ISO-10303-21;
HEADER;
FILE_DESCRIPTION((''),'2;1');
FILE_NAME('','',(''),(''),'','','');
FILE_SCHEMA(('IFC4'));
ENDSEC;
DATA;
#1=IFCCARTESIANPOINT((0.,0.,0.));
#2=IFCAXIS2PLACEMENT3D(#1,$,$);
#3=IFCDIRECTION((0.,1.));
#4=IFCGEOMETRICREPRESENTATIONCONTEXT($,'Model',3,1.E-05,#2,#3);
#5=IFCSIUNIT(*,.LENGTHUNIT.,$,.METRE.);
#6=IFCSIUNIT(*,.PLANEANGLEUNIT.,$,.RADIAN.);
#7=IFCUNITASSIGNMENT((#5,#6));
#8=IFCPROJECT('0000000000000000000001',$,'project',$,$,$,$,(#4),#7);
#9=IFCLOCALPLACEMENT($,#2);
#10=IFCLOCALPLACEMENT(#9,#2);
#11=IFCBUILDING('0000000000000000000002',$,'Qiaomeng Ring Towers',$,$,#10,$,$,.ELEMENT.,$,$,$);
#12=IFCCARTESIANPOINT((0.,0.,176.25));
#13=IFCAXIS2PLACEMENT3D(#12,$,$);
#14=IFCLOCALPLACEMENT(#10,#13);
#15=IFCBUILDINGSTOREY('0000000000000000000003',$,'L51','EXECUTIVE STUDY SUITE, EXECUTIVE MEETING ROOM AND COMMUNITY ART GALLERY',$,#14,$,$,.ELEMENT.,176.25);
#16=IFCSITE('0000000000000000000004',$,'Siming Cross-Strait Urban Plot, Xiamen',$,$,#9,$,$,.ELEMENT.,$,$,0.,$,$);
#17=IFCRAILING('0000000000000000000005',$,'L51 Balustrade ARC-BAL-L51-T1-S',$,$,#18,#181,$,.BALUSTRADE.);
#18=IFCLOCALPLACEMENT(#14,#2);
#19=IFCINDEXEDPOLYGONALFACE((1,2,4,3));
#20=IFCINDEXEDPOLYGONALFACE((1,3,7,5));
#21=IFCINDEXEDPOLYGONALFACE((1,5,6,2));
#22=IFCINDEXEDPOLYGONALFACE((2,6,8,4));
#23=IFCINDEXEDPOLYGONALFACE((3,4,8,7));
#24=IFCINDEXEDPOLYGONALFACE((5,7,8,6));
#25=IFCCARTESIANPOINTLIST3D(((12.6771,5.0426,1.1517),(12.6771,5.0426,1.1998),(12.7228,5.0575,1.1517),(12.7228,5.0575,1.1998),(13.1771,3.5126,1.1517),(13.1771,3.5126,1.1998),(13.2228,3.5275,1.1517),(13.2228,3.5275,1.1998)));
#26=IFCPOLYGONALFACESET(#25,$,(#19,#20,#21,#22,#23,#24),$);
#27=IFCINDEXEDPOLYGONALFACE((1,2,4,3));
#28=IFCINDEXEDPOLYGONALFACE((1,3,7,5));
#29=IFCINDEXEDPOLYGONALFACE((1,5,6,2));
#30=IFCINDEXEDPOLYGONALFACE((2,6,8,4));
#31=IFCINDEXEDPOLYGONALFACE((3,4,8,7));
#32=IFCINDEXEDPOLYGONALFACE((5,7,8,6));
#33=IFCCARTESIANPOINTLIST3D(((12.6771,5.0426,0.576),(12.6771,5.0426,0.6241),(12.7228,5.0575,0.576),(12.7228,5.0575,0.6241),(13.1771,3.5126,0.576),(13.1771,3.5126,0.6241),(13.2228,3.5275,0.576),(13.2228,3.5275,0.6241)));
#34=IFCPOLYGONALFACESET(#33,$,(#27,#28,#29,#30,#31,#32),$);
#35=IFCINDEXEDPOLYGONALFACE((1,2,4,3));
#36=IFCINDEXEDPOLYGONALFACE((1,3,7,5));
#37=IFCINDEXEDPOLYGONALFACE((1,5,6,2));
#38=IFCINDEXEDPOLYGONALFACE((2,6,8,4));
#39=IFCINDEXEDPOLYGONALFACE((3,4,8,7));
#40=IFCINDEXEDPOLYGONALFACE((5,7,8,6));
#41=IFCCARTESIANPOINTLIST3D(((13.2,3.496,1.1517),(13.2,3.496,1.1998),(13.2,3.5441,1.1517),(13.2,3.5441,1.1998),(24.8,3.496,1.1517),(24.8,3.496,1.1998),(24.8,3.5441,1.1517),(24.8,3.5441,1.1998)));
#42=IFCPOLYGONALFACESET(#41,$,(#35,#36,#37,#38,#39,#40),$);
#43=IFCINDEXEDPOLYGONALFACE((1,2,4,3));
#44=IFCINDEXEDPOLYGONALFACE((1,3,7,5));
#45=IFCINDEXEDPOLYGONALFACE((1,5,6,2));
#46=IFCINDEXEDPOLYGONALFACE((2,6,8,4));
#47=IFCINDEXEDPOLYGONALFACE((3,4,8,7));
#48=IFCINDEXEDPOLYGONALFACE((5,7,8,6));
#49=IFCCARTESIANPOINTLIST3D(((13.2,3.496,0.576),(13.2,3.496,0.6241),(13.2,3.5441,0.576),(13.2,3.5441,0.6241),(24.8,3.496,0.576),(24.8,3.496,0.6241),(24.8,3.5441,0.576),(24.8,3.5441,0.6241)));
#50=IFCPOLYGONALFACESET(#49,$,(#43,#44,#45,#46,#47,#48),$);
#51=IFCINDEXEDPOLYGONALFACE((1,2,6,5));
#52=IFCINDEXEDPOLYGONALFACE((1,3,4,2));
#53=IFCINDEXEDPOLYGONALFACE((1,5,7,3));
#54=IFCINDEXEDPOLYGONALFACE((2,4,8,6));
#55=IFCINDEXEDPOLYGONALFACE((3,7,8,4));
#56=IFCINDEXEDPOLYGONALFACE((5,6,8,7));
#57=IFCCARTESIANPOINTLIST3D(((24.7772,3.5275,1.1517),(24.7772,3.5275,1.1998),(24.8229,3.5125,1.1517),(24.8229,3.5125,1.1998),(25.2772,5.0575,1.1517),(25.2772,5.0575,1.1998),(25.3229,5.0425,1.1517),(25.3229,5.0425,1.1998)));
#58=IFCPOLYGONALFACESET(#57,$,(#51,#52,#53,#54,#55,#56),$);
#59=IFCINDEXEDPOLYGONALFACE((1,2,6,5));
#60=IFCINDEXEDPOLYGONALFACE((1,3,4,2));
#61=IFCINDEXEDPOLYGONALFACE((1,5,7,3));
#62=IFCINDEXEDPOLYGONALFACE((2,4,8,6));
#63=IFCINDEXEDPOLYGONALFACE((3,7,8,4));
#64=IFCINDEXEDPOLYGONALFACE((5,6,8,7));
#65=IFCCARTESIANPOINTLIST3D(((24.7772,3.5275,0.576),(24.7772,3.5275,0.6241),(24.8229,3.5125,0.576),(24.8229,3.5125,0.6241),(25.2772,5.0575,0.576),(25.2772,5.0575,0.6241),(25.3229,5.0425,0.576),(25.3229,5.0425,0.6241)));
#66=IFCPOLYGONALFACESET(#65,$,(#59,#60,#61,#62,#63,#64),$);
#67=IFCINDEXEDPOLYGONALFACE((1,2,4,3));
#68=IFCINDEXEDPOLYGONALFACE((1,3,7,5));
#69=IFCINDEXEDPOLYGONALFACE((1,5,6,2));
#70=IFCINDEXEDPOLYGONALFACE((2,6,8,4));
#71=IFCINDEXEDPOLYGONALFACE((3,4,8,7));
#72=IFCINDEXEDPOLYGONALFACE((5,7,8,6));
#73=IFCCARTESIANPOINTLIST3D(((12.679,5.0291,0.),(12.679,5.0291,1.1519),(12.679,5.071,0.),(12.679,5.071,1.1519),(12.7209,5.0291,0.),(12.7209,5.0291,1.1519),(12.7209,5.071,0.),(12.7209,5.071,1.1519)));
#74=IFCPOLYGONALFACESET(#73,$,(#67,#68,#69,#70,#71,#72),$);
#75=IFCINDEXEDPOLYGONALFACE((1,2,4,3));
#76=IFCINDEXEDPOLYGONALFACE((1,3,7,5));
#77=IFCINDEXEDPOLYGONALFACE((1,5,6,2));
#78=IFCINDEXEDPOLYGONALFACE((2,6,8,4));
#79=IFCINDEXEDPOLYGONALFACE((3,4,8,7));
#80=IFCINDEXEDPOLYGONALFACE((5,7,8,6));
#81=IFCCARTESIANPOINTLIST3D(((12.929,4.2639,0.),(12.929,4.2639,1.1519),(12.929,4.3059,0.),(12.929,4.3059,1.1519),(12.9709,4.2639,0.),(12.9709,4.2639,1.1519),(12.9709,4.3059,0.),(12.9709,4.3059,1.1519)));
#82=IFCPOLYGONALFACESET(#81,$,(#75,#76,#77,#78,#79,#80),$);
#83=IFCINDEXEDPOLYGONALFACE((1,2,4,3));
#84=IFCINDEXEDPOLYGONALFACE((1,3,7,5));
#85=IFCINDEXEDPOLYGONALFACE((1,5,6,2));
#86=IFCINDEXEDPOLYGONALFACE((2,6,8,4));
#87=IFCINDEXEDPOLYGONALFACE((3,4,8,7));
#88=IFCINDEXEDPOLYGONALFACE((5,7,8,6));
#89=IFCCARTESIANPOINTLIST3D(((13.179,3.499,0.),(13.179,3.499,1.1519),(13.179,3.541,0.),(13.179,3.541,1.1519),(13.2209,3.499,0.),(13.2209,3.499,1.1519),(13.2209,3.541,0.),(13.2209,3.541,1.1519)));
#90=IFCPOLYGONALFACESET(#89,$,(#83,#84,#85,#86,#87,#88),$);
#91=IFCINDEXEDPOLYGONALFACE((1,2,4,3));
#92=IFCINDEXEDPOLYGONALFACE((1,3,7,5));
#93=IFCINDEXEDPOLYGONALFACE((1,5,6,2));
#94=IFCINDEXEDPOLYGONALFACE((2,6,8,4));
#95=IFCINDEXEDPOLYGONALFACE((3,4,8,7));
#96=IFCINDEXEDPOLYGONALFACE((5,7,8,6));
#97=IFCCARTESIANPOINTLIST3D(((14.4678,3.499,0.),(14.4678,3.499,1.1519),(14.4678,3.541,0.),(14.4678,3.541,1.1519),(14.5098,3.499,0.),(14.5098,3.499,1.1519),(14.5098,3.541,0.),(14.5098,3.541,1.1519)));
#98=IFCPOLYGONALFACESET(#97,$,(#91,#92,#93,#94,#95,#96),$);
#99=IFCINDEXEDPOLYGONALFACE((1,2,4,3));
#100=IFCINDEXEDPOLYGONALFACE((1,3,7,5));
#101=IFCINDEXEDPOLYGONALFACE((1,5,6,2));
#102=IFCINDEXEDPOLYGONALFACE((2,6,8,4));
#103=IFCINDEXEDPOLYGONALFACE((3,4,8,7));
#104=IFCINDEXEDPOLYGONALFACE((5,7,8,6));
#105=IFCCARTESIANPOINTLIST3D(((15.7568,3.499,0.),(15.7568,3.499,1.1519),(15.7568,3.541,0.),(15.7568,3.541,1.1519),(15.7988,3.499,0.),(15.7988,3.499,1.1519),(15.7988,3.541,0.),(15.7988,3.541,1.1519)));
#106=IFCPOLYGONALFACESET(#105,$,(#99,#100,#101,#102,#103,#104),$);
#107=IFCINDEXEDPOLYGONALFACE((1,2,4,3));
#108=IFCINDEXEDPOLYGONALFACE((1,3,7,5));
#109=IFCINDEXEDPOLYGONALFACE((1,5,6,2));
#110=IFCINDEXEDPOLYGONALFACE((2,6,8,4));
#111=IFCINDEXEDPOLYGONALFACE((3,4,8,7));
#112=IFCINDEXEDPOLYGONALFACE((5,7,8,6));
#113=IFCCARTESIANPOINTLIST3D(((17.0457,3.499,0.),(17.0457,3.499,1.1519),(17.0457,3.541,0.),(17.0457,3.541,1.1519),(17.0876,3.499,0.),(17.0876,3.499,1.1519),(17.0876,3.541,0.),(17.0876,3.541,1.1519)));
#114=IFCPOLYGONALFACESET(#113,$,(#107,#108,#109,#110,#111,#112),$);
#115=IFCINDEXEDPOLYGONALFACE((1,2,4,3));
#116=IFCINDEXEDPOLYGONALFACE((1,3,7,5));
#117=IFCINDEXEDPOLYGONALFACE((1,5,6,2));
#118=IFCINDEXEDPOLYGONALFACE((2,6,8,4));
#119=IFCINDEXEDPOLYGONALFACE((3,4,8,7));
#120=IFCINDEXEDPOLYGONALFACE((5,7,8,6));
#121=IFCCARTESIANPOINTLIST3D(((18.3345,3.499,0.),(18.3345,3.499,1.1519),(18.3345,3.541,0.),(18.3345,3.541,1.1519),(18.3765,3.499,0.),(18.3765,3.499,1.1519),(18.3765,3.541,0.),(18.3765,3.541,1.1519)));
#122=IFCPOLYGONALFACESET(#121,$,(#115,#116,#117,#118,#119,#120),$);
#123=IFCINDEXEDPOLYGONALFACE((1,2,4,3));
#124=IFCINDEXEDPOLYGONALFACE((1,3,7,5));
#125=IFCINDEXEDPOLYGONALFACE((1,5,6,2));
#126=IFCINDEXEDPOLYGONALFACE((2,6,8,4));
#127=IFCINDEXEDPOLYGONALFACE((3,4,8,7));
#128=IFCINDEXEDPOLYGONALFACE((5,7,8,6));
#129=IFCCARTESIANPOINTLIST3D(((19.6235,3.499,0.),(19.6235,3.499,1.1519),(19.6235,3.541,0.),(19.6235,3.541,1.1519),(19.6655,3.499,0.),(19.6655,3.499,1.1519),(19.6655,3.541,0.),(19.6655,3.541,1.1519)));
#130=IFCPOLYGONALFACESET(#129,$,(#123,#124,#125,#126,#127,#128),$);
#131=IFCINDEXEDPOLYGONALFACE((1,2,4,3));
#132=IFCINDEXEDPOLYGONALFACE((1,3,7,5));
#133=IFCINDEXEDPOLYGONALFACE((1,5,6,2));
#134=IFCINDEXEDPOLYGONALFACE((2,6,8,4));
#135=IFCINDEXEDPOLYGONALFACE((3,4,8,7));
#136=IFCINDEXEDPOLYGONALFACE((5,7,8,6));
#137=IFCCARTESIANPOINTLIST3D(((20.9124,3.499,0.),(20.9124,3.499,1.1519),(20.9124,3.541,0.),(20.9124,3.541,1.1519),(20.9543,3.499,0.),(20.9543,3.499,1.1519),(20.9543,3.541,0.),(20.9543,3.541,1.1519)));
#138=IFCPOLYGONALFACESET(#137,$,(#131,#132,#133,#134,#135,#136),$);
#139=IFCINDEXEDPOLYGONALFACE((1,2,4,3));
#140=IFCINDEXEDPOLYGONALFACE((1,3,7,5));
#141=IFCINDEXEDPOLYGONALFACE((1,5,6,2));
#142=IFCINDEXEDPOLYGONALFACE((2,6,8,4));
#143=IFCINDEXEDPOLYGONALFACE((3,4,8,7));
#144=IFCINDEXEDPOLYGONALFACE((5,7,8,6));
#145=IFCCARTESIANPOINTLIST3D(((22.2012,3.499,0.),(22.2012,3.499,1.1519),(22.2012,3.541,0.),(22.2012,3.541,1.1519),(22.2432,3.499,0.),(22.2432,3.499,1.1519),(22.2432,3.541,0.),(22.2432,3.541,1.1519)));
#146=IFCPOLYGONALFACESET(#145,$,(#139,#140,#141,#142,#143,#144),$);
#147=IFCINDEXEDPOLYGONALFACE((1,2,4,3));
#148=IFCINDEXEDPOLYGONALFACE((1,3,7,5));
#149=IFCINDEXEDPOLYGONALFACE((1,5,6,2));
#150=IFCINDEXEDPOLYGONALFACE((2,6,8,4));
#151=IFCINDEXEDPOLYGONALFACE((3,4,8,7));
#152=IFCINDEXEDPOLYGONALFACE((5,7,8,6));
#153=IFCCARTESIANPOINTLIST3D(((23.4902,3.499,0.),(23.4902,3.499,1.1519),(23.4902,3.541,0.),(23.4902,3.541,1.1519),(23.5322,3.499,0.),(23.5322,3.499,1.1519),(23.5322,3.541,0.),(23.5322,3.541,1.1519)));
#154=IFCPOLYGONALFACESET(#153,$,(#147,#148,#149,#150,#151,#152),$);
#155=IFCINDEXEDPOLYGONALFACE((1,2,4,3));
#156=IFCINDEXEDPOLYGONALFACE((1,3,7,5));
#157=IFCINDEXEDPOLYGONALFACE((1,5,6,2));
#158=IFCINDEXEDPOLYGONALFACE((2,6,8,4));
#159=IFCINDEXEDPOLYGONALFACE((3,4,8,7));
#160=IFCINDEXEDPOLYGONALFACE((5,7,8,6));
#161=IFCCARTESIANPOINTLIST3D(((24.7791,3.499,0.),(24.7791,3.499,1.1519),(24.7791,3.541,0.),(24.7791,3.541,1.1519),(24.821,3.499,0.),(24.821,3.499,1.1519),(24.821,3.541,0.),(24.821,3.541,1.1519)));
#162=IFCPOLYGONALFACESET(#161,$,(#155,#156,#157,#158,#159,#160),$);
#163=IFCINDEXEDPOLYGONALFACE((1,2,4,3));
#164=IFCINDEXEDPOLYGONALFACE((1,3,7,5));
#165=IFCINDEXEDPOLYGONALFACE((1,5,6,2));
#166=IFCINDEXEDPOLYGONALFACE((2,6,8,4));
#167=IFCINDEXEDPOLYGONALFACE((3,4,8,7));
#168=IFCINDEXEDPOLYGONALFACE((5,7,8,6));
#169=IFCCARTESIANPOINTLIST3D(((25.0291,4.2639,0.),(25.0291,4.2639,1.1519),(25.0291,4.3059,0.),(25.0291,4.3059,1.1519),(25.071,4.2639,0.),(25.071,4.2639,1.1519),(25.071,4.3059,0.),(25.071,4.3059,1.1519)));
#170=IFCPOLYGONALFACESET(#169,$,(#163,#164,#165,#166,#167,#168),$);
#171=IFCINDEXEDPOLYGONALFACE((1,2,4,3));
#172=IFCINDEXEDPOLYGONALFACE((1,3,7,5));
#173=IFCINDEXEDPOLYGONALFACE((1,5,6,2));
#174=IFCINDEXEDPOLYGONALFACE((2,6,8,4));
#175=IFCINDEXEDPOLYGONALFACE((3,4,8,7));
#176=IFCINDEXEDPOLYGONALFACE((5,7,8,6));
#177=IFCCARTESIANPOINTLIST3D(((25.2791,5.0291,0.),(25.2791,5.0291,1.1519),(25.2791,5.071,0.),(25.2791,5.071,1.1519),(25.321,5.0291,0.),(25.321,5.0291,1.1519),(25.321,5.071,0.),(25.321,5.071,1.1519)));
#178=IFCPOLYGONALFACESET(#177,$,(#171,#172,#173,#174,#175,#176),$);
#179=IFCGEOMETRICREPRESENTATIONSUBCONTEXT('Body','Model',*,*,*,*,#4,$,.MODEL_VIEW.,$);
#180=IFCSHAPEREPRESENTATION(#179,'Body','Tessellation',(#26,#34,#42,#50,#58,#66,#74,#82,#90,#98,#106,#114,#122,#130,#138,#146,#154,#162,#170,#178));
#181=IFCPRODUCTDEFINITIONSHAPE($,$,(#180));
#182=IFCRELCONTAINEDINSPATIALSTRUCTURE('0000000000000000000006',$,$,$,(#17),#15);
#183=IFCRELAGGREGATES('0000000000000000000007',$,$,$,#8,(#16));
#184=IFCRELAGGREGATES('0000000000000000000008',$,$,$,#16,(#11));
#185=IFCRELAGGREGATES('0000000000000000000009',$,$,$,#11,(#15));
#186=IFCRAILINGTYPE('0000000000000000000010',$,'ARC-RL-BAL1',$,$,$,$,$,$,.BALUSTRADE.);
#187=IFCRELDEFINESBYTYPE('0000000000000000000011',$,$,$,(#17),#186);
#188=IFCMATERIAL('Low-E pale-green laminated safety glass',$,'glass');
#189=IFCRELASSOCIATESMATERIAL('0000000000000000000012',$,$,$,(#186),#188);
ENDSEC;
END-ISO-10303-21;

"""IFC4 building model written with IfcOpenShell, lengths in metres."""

from ifc_helpers import new_model, si_unit, direction, frame, origin, origin_2d, place, context, subcontext, project, spatial, rectangle, extrude, material, type_object, element, save


model = new_model("IFC4")

# Units and contexts
model_context = context("Model", 3, precision=1e-05, world=origin(), true_north=direction((0.0, 1.0)))
body_context = subcontext(model_context, "Body", "Model", "MODEL_VIEW")
ifc_project = project(units=[si_unit("LENGTHUNIT", "METRE"), si_unit("PLANEANGLEUNIT", "RADIAN")], contexts=[model_context])

# Site, building, storey
site_placement = place(None, origin())
site = spatial("IfcSite", under=ifc_project, at=site_placement, Name="Siming Cross-Strait Urban Plot, Xiamen", CompositionType="ELEMENT", RefElevation=0.0)
building_placement = place(site_placement, origin())
building = spatial("IfcBuilding", under=site, at=building_placement, Name="Qiaomeng Ring Towers", CompositionType="ELEMENT")
storey_placement = place(building_placement, frame((0.0, 0.0, 176.25)))
storey = spatial("IfcBuildingStorey", under=building, at=storey_placement, Name="L51", Description="EXECUTIVE STUDY SUITE, EXECUTIVE MEETING ROOM AND COMMUNITY ART GALLERY", CompositionType="ELEMENT", Elevation=176.25)

# Railing
ifc_material_1 = material(Name="Low-E pale-green laminated safety glass", Category="glass")
railing_type = type_object("IfcRailingType", Name="ARC-RL-BAL1", PredefinedType="BALUSTRADE", material=ifc_material_1)
railing_placement = place(storey_placement, frame((12.7, 5.05, 0.0)))
element("IfcRailing", 1, at=railing_placement, inside=storey, type_object=railing_type, Name="L51 Balustrade ARC-BAL-L51-T1-S", PredefinedType="BALUSTRADE", context=body_context, shape_type="SweptSolid", body=[
    extrude(rectangle(XDim=0.0481, YDim=0.0481, at=origin_2d()), frame((0.0, 0.0, 1.1758), z_axis=(0.310626, -0.950532, 0.0), x_axis=(0.950532, 0.310626, 0.0)), (0.0, 0.0, 1.0), 1.6096),
    extrude(rectangle(XDim=0.0481, YDim=0.0481, at=origin_2d()), frame((0.0, 0.0, 0.6001), z_axis=(0.310626, -0.950532, 0.0), x_axis=(0.950532, 0.310626, 0.0)), (0.0, 0.0, 1.0), 1.6096),
    extrude(rectangle(XDim=0.0481, YDim=0.0481, at=origin_2d()), frame((0.5, -1.53, 1.1758), z_axis=(1.0, 0.0, 0.0), x_axis=(0.0, 1.0, 0.0)), (0.0, 0.0, 1.0), 11.6001),
    extrude(rectangle(XDim=0.0481, YDim=0.0481, at=origin_2d()), frame((0.5, -1.53, 0.6001), z_axis=(1.0, 0.0, 0.0), x_axis=(0.0, 1.0, 0.0)), (0.0, 0.0, 1.0), 11.6001),
    extrude(rectangle(XDim=0.0481, YDim=0.0481, at=origin_2d()), frame((12.1001, -1.53, 1.1758), z_axis=(0.310626, 0.950532, 0.0), x_axis=(-0.950532, 0.310626, 0.0)), (0.0, 0.0, 1.0), 1.6096),
    extrude(rectangle(XDim=0.0481, YDim=0.0481, at=origin_2d()), frame((12.1001, -1.53, 0.6001), z_axis=(0.310626, 0.950532, 0.0), x_axis=(-0.950532, 0.310626, 0.0)), (0.0, 0.0, 1.0), 1.6096),
    extrude(rectangle(XDim=0.042, YDim=0.042, at=origin_2d()), origin(), (0.0, 0.0, 1.0), 1.1519),
    extrude(rectangle(XDim=0.042, YDim=0.042, at=origin_2d()), frame((0.25, -0.7651, 0.0)), (0.0, 0.0, 1.0), 1.1519),
    extrude(rectangle(XDim=0.042, YDim=0.042, at=origin_2d()), frame((0.5, -1.53, 0.0)), (0.0, 0.0, 1.0), 1.1519),
    extrude(rectangle(XDim=0.042, YDim=0.042, at=origin_2d()), frame((1.7888, -1.53, 0.0)), (0.0, 0.0, 1.0), 1.1519),
    extrude(rectangle(XDim=0.042, YDim=0.042, at=origin_2d()), frame((3.0779, -1.53, 0.0)), (0.0, 0.0, 1.0), 1.1519),
    extrude(rectangle(XDim=0.042, YDim=0.042, at=origin_2d()), frame((4.3667, -1.53, 0.0)), (0.0, 0.0, 1.0), 1.1519),
    extrude(rectangle(XDim=0.042, YDim=0.042, at=origin_2d()), frame((5.6555, -1.53, 0.0)), (0.0, 0.0, 1.0), 1.1519),
    extrude(rectangle(XDim=0.042, YDim=0.042, at=origin_2d()), frame((6.9446, -1.53, 0.0)), (0.0, 0.0, 1.0), 1.1519),
    extrude(rectangle(XDim=0.042, YDim=0.042, at=origin_2d()), frame((8.2334, -1.53, 0.0)), (0.0, 0.0, 1.0), 1.1519),
    extrude(rectangle(XDim=0.042, YDim=0.042, at=origin_2d()), frame((9.5222, -1.53, 0.0)), (0.0, 0.0, 1.0), 1.1519),
    extrude(rectangle(XDim=0.042, YDim=0.042, at=origin_2d()), frame((10.8113, -1.53, 0.0)), (0.0, 0.0, 1.0), 1.1519),
    extrude(rectangle(XDim=0.042, YDim=0.042, at=origin_2d()), frame((12.1001, -1.53, 0.0)), (0.0, 0.0, 1.0), 1.1519),
    extrude(rectangle(XDim=0.042, YDim=0.042, at=origin_2d()), frame((12.3501, -0.7651, 0.0)), (0.0, 0.0, 1.0), 1.1519),
    extrude(rectangle(XDim=0.042, YDim=0.042, at=origin_2d()), frame((12.6001, 0.0, 0.0)), (0.0, 0.0, 1.0), 1.1519),
])

save(model, "model.ifc")
